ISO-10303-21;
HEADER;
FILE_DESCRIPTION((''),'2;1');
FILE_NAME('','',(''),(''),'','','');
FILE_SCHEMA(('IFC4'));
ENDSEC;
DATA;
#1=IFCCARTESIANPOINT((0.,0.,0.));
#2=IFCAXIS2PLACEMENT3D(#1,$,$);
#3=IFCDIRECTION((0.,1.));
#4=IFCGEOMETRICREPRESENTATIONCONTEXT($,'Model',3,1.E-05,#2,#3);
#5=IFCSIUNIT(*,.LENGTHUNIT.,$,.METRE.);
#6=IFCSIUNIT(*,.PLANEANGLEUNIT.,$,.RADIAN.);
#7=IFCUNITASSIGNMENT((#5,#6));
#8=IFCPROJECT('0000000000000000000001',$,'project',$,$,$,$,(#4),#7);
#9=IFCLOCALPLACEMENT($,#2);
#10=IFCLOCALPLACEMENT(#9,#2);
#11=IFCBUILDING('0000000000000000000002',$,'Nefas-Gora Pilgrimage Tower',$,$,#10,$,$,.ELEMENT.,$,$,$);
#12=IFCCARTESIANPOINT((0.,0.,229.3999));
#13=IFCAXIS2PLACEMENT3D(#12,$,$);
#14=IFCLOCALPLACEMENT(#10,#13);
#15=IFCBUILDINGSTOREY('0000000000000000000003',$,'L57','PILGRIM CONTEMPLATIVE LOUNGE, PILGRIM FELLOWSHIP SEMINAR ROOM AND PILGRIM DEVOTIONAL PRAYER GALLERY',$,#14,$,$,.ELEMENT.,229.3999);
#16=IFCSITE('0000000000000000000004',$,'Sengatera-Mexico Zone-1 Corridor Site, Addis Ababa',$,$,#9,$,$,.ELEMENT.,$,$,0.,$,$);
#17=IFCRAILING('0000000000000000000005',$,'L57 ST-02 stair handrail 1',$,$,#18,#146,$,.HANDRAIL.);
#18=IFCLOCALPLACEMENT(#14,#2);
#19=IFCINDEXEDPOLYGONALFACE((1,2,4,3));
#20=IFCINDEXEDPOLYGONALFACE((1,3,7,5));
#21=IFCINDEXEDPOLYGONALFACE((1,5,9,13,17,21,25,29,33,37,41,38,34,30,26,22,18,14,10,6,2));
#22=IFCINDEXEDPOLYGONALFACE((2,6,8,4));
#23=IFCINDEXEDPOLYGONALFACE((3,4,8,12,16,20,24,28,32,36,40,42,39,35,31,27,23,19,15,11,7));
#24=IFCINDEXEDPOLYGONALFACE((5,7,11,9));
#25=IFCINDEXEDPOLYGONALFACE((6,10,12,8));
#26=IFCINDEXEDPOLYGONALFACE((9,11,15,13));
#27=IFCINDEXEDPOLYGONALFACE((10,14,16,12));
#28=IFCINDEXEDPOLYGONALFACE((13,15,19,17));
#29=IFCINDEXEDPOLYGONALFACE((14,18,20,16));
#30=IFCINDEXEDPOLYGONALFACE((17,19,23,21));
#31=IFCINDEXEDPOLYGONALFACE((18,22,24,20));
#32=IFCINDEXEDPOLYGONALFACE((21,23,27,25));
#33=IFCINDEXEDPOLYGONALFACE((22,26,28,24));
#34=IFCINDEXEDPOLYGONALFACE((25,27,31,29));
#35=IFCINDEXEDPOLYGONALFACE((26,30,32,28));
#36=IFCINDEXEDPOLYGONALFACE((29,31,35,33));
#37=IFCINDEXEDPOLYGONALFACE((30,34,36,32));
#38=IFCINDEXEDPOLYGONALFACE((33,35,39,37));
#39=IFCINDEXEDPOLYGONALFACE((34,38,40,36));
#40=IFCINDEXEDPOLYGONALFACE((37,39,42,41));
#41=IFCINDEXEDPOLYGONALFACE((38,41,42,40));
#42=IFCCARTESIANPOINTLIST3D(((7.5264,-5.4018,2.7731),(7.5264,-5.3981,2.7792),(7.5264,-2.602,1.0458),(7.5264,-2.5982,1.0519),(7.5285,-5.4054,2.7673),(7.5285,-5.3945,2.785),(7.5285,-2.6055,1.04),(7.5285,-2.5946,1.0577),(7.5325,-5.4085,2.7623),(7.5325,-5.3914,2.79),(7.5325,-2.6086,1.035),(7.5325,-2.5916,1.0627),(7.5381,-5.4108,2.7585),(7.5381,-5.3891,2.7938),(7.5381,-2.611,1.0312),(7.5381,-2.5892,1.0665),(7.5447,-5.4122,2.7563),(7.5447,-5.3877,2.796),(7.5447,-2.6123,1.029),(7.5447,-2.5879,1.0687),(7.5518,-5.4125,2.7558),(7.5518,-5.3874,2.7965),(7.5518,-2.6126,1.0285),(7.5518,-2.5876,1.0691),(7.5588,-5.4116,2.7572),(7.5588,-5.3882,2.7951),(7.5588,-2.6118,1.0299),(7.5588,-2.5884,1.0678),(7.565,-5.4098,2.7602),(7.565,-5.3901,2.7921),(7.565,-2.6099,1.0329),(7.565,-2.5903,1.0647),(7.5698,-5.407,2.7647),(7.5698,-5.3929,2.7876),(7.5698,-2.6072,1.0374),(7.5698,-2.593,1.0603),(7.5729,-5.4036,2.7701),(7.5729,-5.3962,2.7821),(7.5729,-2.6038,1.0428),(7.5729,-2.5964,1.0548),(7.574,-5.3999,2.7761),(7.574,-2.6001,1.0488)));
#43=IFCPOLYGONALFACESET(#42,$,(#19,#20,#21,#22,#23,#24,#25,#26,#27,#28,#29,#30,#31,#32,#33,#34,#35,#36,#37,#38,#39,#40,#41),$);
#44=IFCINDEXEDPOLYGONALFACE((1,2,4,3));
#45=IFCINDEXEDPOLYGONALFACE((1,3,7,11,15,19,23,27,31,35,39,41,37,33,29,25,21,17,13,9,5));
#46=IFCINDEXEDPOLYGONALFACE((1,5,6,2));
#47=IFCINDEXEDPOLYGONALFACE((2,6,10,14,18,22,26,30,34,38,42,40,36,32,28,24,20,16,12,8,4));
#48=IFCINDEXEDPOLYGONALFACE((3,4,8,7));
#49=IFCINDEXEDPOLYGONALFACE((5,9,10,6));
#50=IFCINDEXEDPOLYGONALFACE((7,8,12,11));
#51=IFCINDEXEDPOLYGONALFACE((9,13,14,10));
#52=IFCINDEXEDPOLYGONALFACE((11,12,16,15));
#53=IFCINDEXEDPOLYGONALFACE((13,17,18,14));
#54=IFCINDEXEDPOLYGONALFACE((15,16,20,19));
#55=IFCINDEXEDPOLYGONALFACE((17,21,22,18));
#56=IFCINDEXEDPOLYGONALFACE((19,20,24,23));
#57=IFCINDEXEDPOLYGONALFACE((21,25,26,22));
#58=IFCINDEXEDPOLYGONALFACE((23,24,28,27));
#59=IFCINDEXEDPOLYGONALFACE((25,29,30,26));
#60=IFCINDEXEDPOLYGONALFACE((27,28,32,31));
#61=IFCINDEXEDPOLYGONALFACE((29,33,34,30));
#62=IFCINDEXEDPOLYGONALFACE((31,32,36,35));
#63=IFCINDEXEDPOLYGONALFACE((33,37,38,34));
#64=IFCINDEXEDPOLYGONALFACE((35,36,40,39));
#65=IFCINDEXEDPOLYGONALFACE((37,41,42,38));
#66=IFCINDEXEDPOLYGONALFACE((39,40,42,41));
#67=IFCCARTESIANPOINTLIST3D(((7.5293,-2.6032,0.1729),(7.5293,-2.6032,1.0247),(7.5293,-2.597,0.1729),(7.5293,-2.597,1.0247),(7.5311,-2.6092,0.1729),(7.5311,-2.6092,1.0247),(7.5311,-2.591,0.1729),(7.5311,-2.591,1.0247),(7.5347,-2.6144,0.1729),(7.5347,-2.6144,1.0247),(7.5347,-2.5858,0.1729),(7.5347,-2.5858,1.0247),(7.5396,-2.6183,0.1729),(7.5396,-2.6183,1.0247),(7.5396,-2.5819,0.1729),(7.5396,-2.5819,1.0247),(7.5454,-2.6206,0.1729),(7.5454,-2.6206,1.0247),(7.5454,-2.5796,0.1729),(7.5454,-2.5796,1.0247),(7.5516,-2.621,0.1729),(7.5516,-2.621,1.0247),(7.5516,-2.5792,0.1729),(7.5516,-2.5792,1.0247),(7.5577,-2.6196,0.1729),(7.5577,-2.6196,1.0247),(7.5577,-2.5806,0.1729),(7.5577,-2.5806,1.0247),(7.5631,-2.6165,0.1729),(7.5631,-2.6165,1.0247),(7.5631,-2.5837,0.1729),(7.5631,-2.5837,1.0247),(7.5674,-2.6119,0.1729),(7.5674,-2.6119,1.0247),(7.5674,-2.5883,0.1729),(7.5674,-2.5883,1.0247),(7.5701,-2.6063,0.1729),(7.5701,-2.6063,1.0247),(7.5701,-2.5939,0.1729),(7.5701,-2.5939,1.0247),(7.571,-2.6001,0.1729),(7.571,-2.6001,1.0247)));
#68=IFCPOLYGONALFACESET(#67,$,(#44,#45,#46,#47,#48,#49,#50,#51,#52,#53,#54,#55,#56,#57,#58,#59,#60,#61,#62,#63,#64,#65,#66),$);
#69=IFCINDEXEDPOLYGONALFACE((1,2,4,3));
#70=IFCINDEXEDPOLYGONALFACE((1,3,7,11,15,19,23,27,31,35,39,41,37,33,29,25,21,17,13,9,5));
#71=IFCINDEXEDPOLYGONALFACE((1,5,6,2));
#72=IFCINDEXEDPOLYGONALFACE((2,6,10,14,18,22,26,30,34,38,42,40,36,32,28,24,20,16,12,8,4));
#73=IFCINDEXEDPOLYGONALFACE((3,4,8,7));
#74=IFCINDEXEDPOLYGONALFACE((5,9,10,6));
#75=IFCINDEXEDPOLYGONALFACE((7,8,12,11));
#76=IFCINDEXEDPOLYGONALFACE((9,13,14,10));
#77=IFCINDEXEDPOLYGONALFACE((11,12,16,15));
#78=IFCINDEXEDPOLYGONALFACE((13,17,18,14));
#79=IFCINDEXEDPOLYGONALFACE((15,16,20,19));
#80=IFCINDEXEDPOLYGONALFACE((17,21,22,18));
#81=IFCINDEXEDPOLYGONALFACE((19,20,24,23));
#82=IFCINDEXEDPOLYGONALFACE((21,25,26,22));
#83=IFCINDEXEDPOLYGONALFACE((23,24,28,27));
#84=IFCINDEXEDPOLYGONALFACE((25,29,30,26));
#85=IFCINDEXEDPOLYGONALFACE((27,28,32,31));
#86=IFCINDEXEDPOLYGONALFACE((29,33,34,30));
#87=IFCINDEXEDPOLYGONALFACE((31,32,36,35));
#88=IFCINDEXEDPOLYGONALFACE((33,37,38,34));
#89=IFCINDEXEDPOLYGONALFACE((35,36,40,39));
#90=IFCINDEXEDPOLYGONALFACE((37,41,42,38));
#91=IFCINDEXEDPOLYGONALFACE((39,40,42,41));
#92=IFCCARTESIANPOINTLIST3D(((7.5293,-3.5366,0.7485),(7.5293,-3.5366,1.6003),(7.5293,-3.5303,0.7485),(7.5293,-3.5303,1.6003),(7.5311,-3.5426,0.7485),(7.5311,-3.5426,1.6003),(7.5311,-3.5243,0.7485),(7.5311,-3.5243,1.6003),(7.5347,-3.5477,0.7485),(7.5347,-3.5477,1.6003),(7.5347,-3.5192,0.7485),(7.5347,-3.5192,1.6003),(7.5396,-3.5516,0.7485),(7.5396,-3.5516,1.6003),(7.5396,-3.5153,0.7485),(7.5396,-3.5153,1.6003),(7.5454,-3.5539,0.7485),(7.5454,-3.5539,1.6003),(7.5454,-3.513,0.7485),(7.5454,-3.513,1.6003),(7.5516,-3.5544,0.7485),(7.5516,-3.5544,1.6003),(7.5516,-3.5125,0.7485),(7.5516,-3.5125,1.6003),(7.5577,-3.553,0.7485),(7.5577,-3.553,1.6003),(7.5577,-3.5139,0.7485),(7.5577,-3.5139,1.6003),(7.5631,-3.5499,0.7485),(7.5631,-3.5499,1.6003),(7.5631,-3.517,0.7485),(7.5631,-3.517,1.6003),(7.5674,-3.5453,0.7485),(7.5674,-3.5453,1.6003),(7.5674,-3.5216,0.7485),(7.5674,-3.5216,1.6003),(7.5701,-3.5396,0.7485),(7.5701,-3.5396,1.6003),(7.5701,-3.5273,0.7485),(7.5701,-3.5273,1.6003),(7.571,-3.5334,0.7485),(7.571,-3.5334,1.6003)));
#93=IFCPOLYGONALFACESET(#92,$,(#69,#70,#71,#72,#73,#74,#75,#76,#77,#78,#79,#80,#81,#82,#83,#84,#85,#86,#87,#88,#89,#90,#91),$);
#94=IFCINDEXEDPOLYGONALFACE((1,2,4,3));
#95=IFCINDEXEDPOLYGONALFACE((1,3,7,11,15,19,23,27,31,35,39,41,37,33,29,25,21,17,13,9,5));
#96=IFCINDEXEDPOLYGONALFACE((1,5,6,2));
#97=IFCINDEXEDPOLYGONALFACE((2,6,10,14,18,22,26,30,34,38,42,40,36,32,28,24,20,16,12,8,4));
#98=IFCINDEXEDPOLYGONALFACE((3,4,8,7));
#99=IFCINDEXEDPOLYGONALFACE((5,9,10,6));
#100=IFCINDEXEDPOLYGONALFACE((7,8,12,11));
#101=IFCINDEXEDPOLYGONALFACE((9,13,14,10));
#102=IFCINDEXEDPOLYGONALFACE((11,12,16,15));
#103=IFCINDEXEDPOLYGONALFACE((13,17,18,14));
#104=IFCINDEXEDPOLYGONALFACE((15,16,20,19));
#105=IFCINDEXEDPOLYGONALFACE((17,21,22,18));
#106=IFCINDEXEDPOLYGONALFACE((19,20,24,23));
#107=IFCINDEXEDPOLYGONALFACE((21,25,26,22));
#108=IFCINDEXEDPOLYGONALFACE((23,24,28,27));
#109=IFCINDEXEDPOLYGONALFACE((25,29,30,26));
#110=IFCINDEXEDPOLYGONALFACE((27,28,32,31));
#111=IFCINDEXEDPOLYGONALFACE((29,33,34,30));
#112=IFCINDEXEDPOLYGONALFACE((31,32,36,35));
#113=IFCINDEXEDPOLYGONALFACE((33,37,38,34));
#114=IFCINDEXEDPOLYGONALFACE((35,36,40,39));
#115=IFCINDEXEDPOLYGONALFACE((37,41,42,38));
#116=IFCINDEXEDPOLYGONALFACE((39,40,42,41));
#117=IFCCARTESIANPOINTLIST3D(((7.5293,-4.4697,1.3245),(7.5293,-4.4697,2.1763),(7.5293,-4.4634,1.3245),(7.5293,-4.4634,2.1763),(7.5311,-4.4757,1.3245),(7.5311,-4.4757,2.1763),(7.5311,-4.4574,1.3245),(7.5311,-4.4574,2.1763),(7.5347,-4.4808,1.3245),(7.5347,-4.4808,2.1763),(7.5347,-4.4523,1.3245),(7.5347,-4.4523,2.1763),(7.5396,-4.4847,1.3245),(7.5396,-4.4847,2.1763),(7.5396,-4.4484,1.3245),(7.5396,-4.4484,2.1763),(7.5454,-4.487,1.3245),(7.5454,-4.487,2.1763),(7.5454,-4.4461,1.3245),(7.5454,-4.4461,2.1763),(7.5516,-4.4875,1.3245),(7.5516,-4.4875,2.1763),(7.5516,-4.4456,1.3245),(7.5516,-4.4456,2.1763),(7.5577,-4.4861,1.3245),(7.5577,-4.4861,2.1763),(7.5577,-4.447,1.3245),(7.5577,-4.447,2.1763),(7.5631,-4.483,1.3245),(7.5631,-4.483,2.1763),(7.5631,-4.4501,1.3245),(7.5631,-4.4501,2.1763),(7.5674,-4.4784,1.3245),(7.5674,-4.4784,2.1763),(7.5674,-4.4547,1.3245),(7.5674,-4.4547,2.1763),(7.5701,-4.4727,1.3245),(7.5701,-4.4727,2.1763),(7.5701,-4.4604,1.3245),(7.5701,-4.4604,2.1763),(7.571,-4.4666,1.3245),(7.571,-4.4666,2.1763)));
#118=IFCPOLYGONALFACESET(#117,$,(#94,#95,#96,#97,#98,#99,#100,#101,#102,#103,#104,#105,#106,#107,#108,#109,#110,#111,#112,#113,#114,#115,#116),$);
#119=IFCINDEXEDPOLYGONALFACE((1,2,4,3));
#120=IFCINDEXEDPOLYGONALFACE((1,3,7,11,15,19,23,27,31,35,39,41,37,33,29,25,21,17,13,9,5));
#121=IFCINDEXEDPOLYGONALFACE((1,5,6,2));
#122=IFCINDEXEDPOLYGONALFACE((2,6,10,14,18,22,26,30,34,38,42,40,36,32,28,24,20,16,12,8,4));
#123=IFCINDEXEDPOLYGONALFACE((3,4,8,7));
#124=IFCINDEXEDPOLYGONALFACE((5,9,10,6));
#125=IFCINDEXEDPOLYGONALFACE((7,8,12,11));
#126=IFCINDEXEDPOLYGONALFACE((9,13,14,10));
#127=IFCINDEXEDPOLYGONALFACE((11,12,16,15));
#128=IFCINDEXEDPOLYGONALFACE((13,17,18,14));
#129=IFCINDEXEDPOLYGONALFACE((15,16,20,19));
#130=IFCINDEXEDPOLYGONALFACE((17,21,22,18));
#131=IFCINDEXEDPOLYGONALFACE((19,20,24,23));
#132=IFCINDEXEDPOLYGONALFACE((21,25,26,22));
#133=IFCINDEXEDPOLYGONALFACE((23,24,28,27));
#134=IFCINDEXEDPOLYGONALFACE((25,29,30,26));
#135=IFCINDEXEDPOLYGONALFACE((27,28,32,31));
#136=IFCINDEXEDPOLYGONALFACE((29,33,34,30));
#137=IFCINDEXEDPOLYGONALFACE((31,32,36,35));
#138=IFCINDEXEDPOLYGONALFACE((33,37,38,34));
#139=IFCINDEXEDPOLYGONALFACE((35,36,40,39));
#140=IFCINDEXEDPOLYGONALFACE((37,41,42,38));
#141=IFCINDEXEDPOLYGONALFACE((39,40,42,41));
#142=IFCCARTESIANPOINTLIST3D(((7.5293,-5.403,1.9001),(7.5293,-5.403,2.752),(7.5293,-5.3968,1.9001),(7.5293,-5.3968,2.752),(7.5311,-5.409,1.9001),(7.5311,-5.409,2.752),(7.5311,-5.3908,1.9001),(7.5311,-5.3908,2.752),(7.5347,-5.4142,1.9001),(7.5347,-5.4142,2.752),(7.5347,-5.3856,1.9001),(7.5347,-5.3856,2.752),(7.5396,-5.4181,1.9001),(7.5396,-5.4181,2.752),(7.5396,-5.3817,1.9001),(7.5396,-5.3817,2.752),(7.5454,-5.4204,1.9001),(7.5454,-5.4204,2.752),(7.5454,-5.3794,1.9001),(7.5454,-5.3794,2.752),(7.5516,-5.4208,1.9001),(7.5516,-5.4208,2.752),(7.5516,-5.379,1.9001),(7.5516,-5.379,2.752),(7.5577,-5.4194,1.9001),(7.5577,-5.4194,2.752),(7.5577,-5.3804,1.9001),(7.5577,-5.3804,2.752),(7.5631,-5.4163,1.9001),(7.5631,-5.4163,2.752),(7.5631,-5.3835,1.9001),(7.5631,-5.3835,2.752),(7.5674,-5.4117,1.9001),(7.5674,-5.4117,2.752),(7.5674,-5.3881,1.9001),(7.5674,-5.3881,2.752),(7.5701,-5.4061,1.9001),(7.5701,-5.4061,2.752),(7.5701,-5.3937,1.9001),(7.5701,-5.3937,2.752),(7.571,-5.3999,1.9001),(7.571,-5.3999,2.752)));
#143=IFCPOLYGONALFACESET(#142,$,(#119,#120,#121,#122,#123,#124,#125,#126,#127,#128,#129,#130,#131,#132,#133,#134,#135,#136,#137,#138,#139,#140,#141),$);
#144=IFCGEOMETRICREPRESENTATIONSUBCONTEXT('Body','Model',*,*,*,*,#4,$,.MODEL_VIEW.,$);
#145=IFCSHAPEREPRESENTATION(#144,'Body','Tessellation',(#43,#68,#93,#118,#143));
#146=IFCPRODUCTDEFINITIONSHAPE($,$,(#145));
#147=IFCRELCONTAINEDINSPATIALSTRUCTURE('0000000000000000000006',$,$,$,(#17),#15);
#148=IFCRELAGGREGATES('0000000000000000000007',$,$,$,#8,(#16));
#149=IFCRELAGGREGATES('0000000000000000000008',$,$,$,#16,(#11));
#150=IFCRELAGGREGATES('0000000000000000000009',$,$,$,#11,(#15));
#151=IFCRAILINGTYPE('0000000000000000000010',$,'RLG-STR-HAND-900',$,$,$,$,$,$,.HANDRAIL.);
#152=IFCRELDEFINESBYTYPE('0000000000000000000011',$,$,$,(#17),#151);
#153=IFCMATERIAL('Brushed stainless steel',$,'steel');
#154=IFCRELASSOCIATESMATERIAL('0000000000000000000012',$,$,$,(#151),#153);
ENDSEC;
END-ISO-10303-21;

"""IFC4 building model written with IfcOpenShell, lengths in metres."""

from ifc_helpers import new_model, si_unit, direction, frame, origin, origin_2d, place, context, subcontext, project, spatial, circle, extrude, material, type_object, element, save


model = new_model("IFC4")

# Units and contexts
model_context = context("Model", 3, precision=1e-05, world=origin(), true_north=direction((0.0, 1.0)))
body_context = subcontext(model_context, "Body", "Model", "MODEL_VIEW")
ifc_project = project(units=[si_unit("LENGTHUNIT", "METRE"), si_unit("PLANEANGLEUNIT", "RADIAN")], contexts=[model_context])

# Site, building, storey
site_placement = place(None, origin())
site = spatial("IfcSite", under=ifc_project, at=site_placement, Name="Sengatera-Mexico Zone-1 Corridor Site, Addis Ababa", CompositionType="ELEMENT", RefElevation=0.0)
building_placement = place(site_placement, origin())
building = spatial("IfcBuilding", under=site, at=building_placement, Name="Nefas-Gora Pilgrimage Tower", CompositionType="ELEMENT")
storey_placement = place(building_placement, frame((0.0, 0.0, 229.3999)))
storey = spatial("IfcBuildingStorey", under=building, at=storey_placement, Name="L57", Description="PILGRIM CONTEMPLATIVE LOUNGE, PILGRIM FELLOWSHIP SEMINAR ROOM AND PILGRIM DEVOTIONAL PRAYER GALLERY", CompositionType="ELEMENT", Elevation=229.3999)

# Railing
ifc_material_1 = material(Name="Brushed stainless steel", Category="steel")
railing_type_1 = type_object("IfcRailingType", Name="RLG-STR-HAND-900", PredefinedType="HANDRAIL", material=ifc_material_1)
railing_1_placement = place(storey_placement, frame((7.55, -2.6001, 0.1729)))
element("IfcRailing", 1, at=railing_1_placement, inside=storey, type_object=railing_type_1, Name="L57 ST-02 stair handrail 1", PredefinedType="HANDRAIL", context=body_context, shape_type="SweptSolid", body=[
    extrude(circle(Radius=0.0239, at=origin_2d()), frame((0.0, 0.0, 0.876), z_axis=(0.0, -0.851069, 0.525054), x_axis=(1.0, 0.0, 0.0)), (0.0, 0.0, 1.0), 3.2898),
    extrude(circle(Radius=0.021, at=origin_2d()), origin(), (0.0, 0.0, 1.0), 0.8518),
    extrude(circle(Radius=0.021, at=origin_2d()), frame((0.0, -0.9333, 0.5757)), (0.0, 0.0, 1.0), 0.8518),
    extrude(circle(Radius=0.021, at=origin_2d()), frame((0.0, -1.8665, 1.1516)), (0.0, 0.0, 1.0), 0.8518),
    extrude(circle(Radius=0.021, at=origin_2d()), frame((0.0, -2.7998, 1.7273)), (0.0, 0.0, 1.0), 0.8518),
])

save(model, "model.ifc")
